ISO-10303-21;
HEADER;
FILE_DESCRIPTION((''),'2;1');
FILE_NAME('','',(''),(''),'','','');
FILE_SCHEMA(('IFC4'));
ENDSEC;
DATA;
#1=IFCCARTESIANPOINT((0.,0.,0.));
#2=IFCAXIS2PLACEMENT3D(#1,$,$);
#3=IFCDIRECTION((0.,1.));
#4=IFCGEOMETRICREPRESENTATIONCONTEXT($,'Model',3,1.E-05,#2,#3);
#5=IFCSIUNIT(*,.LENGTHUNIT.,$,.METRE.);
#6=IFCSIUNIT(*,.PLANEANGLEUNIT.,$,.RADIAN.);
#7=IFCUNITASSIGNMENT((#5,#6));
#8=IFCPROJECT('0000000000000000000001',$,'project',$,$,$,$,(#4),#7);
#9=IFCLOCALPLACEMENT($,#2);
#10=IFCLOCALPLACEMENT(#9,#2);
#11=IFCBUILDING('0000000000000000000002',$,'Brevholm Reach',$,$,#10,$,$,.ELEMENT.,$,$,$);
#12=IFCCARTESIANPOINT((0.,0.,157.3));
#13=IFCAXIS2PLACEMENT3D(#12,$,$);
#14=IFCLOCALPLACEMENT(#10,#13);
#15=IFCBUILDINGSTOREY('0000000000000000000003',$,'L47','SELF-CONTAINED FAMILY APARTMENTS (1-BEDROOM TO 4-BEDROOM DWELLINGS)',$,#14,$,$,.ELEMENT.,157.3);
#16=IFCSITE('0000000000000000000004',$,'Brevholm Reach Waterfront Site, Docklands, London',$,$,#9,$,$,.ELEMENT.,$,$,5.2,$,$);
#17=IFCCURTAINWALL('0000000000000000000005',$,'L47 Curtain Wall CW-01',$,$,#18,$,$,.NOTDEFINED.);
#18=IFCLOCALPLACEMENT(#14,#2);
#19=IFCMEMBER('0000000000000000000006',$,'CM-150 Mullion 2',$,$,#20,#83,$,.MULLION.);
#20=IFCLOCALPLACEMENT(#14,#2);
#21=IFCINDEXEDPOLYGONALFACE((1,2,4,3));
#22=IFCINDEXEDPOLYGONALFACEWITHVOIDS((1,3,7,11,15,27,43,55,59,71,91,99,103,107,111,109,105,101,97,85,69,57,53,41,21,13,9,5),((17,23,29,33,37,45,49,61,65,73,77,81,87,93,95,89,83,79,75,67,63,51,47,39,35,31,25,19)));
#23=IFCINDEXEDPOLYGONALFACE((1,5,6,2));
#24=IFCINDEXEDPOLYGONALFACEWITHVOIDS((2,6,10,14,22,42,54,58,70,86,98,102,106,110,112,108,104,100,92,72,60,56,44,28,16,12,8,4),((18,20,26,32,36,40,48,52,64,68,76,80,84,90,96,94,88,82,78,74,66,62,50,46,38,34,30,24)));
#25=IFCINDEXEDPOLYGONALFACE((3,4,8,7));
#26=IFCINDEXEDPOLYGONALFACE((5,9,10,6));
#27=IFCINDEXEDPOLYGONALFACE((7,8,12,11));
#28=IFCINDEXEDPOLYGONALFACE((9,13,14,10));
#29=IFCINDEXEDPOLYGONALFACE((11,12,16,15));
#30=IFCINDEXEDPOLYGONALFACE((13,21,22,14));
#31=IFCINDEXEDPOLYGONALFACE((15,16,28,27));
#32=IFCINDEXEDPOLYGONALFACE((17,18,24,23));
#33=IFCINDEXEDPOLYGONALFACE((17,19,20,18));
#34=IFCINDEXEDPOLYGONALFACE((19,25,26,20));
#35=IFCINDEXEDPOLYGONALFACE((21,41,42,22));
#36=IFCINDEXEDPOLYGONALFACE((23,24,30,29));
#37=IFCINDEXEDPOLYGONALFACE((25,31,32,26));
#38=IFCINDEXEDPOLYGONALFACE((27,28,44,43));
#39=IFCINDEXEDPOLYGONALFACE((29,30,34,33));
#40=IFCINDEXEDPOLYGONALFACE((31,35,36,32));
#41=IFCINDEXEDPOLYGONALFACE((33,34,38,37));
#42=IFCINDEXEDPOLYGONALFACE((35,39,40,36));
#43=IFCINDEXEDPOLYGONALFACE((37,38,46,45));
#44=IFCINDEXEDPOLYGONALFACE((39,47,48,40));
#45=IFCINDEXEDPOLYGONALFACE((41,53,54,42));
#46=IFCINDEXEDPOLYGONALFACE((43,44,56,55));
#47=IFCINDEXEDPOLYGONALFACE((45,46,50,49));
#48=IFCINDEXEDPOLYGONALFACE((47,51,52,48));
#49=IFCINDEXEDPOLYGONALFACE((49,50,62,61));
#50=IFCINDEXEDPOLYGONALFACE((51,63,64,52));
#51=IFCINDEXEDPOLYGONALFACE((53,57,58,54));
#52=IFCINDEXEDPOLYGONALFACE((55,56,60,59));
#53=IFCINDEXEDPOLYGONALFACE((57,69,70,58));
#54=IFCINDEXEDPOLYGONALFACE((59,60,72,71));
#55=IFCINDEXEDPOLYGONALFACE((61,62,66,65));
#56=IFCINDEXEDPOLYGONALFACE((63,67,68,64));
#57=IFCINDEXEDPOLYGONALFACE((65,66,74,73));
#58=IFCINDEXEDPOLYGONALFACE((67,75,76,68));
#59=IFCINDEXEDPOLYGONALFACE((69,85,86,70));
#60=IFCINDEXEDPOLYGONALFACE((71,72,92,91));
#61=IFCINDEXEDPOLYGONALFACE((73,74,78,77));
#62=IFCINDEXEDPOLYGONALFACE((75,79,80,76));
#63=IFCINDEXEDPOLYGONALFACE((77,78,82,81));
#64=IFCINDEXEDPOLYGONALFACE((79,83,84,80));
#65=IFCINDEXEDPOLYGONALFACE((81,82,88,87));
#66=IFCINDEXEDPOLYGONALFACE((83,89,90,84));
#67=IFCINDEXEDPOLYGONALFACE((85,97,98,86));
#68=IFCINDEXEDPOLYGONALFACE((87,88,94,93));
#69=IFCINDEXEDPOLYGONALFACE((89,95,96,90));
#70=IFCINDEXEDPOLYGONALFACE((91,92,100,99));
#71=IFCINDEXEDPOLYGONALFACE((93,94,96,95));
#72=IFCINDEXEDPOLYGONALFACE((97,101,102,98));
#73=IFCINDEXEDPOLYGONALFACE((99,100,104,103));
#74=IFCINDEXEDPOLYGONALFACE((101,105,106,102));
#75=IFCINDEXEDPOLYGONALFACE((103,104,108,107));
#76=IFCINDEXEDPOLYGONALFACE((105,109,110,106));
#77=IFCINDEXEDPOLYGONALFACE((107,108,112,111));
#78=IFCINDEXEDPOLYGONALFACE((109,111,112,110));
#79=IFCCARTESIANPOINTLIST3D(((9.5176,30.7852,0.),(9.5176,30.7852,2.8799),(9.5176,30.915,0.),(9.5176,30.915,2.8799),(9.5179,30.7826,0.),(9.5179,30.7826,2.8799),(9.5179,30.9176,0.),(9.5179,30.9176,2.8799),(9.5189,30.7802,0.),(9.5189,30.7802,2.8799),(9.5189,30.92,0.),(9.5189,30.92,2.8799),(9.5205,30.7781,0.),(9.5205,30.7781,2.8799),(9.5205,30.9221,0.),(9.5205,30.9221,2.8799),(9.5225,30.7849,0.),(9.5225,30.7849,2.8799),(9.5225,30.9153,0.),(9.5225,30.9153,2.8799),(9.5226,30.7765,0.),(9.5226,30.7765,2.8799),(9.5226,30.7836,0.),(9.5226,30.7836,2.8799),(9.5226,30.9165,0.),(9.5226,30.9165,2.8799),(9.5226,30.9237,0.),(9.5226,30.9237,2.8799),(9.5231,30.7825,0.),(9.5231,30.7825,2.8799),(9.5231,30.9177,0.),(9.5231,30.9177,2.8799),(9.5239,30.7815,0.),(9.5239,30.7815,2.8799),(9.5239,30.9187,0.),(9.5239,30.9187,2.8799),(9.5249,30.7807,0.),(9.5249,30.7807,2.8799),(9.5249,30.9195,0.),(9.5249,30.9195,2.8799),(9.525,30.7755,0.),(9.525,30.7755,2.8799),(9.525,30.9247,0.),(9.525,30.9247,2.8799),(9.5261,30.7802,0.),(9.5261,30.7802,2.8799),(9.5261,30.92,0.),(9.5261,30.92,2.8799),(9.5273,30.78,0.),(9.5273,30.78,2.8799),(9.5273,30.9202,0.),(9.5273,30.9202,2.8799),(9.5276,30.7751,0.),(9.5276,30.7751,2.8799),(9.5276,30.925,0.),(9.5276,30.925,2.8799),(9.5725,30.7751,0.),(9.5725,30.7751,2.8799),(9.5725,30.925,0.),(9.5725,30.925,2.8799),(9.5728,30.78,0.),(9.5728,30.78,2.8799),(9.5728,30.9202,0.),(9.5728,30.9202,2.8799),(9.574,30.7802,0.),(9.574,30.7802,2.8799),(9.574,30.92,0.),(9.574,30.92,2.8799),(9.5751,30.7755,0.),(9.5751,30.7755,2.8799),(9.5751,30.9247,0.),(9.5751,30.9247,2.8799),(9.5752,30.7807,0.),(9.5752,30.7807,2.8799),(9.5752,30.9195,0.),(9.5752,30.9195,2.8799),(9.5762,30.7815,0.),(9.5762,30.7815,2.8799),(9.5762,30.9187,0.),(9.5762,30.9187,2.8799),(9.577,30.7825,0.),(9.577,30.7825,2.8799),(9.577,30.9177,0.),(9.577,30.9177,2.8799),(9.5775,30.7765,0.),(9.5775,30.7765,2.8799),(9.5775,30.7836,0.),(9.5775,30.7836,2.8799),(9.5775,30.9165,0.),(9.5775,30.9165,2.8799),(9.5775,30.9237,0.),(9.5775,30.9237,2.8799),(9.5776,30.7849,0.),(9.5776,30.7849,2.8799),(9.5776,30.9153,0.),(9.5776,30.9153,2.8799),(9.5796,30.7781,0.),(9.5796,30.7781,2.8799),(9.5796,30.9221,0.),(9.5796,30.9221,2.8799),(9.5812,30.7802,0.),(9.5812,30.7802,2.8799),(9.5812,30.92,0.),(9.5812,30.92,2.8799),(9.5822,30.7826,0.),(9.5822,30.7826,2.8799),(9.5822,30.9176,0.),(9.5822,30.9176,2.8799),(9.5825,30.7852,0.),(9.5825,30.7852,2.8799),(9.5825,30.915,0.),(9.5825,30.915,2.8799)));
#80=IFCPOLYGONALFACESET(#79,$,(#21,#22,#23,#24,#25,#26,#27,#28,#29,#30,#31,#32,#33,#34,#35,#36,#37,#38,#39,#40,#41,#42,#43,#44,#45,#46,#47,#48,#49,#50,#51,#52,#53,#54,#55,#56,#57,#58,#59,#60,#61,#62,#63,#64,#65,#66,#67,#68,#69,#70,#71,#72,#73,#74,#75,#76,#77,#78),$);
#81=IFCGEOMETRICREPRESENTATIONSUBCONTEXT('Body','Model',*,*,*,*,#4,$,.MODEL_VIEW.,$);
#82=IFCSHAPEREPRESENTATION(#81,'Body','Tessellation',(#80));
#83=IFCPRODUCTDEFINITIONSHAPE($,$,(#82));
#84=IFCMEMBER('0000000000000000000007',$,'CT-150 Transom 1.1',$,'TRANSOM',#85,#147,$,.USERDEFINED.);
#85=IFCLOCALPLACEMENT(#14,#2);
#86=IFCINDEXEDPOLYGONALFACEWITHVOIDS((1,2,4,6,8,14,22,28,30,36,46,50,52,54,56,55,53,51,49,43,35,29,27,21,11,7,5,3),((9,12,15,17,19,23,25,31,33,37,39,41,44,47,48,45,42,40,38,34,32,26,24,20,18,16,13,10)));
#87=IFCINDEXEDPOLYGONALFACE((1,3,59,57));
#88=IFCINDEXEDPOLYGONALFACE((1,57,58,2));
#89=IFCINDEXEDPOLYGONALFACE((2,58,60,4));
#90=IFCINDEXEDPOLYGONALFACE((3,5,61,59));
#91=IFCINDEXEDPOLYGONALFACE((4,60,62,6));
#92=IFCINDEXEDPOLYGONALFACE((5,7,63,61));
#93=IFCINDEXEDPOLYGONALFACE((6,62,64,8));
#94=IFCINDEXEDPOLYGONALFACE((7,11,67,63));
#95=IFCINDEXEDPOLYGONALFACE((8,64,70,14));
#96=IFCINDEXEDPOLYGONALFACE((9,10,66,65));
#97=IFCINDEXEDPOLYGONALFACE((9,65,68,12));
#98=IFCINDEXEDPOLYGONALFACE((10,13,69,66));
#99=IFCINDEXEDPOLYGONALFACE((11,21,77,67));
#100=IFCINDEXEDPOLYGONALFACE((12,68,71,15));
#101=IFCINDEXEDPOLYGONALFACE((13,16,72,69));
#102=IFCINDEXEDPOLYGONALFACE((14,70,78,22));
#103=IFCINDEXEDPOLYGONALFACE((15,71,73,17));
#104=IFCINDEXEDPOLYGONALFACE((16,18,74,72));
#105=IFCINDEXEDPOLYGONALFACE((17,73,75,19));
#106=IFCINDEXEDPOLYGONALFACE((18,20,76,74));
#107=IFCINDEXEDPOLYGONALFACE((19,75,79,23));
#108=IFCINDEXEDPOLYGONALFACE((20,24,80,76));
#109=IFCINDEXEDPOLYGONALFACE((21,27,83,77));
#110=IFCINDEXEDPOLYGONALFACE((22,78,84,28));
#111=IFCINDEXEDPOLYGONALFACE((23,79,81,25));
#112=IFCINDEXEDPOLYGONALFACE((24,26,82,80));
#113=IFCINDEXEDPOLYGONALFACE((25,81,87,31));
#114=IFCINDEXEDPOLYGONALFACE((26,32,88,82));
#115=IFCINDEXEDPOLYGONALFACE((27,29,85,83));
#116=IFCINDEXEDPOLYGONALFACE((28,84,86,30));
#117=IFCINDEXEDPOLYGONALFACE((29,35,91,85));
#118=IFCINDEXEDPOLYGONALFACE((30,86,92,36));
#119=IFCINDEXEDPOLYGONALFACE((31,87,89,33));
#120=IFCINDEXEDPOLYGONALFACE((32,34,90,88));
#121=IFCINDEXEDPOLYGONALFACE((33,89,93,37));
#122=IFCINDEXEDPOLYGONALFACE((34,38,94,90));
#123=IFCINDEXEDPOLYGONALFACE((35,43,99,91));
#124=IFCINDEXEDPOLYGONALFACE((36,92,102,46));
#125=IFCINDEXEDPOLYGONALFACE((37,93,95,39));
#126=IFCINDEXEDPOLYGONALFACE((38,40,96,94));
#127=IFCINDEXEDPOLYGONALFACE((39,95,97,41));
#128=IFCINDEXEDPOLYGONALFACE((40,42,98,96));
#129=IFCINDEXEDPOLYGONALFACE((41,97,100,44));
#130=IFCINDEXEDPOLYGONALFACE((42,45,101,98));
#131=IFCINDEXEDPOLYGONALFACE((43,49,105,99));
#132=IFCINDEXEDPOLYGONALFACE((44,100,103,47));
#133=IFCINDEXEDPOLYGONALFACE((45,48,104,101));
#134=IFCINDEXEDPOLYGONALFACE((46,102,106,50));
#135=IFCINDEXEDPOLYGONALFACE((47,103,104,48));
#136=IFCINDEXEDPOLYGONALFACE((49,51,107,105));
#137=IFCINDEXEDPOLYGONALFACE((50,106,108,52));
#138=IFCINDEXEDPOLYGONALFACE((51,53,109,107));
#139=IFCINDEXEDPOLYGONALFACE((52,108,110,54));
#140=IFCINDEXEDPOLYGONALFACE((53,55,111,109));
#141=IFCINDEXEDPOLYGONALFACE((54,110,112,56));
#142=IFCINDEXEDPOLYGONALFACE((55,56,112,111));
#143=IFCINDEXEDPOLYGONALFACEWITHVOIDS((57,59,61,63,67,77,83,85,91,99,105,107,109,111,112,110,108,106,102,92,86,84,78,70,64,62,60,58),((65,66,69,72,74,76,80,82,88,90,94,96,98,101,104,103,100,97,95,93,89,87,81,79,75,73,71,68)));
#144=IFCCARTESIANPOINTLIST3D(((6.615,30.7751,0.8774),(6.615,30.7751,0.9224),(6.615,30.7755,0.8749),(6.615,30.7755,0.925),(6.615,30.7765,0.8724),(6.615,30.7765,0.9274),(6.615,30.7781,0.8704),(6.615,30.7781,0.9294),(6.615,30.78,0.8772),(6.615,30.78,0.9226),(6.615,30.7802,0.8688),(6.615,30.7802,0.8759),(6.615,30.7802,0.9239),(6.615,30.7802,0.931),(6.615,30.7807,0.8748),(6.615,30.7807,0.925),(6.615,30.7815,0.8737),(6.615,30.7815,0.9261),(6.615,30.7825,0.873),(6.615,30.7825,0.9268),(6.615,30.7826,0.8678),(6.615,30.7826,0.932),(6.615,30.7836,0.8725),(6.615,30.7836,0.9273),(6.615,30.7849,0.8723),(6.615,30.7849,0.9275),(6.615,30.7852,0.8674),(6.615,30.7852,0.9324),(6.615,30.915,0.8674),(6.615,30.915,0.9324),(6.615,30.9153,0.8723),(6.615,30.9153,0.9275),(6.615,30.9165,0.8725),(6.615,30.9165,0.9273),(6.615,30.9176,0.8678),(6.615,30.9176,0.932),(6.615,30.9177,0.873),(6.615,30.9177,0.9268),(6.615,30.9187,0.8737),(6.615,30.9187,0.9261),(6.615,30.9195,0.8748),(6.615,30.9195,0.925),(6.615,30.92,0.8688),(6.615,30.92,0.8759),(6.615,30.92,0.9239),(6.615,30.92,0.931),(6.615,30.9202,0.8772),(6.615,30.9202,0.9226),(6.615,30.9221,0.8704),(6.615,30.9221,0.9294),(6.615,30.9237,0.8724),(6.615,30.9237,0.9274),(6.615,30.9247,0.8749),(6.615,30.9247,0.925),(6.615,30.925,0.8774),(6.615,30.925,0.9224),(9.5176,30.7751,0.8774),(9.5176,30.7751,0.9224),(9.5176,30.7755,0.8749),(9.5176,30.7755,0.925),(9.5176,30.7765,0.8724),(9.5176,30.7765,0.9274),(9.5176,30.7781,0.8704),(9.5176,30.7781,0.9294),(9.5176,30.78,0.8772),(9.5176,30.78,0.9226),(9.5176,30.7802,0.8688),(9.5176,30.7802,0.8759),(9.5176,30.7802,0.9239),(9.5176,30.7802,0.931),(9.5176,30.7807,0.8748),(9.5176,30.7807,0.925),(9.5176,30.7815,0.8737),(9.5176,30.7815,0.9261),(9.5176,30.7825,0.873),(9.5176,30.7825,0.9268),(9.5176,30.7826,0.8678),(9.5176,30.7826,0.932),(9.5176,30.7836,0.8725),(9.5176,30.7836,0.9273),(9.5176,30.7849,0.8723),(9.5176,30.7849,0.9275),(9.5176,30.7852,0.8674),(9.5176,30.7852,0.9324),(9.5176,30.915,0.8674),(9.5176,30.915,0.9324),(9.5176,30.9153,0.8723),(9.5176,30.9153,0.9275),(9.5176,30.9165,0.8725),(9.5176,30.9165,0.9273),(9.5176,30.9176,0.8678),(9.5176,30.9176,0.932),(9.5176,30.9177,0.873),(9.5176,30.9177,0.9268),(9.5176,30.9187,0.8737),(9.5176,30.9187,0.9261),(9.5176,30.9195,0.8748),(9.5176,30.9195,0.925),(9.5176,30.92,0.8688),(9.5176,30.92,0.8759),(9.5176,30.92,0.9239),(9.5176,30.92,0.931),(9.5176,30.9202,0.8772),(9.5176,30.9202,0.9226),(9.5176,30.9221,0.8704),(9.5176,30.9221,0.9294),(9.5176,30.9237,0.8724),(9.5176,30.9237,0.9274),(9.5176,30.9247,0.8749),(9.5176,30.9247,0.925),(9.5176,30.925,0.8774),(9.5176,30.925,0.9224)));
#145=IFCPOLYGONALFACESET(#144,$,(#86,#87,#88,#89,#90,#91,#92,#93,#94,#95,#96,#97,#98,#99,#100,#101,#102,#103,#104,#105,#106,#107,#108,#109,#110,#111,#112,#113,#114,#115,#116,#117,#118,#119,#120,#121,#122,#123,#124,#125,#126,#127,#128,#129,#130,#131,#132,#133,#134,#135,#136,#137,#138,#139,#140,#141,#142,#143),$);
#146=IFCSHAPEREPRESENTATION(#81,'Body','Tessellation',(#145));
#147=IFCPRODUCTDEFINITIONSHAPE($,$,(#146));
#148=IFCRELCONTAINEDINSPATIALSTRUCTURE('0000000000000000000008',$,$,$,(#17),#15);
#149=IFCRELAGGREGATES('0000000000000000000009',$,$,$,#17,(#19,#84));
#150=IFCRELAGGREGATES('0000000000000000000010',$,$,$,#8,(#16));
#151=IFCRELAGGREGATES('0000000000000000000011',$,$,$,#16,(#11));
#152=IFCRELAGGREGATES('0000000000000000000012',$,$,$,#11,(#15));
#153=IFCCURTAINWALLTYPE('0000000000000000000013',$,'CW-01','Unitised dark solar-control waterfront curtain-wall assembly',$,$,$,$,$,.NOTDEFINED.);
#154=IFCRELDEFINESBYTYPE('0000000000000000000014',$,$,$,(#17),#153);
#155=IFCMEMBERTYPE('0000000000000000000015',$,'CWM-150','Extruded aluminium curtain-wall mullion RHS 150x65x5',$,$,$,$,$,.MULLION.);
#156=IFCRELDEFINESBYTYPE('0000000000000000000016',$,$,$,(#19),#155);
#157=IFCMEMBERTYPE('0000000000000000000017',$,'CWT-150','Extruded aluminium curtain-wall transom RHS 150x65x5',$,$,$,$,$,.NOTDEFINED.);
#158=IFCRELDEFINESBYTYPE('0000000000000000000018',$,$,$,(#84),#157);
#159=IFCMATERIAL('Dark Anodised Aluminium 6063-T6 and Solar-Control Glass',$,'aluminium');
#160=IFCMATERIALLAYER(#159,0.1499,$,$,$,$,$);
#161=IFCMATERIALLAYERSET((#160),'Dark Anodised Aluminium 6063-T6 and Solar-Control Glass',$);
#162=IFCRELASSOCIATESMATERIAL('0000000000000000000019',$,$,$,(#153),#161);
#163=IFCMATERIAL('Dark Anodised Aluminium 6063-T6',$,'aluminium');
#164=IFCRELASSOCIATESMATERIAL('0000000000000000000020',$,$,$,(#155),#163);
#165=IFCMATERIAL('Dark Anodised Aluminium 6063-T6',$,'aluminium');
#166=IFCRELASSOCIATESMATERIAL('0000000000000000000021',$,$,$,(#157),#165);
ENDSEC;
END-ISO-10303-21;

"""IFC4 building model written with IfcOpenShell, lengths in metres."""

from ifc_helpers import new_model, si_unit, direction, frame, origin, origin_2d, place, context, subcontext, project, spatial, hollow_rectangle, extrude, material, layer, layer_set, material_profile, profile_set, type_object, element, aggregate, save


model = new_model("IFC4")

# Units and contexts
model_context = context("Model", 3, precision=1e-05, world=origin(), true_north=direction((0.0, 1.0)))
body_context = subcontext(model_context, "Body", "Model", "MODEL_VIEW")
ifc_project = project(units=[si_unit("LENGTHUNIT", "METRE"), si_unit("PLANEANGLEUNIT", "RADIAN")], contexts=[model_context])

# Site, building, storey
site_placement = place(None, origin())
site = spatial("IfcSite", under=ifc_project, at=site_placement, Name="Brevholm Reach Waterfront Site, Docklands, London", CompositionType="ELEMENT", RefElevation=5.2)
building_placement = place(site_placement, origin())
building = spatial("IfcBuilding", under=site, at=building_placement, Name="Brevholm Reach", CompositionType="ELEMENT")
storey_placement = place(building_placement, frame((0.0, 0.0, 157.3)))
storey = spatial("IfcBuildingStorey", under=building, at=storey_placement, Name="L47", Description="SELF-CONTAINED FAMILY APARTMENTS (1-BEDROOM TO 4-BEDROOM DWELLINGS)", CompositionType="ELEMENT", Elevation=157.3)

# Curtain wall, members
ifc_material_1 = material(Name="Dark Anodised Aluminium 6063-T6 and Solar-Control Glass", Category="aluminium")
ifc_layer_1 = layer(ifc_material_1, 0.1499)
ifc_layer_set_1 = layer_set([ifc_layer_1], Name="Dark Anodised Aluminium 6063-T6 and Solar-Control Glass")
curtain_wall_type = type_object("IfcCurtainWallType", Name="CW-01", Description="Unitised dark solar-control waterfront curtain-wall assembly", PredefinedType="NOTDEFINED", material=ifc_layer_set_1)
curtain_wall_placement = place(storey_placement, origin())
curtain_wall = element("IfcCurtainWall", 1, at=curtain_wall_placement, inside=storey, type_object=curtain_wall_type, Name="L47 Curtain Wall CW-01", PredefinedType="NOTDEFINED")
ifc_material_2 = material(Name="Dark Anodised Aluminium 6063-T6", Category="aluminium")
ifc_material_profile_1 = material_profile(ifc_material_2, hollow_rectangle(XDim=0.0649, YDim=0.1499, WallThickness=0.0049, InnerFilletRadius=0.0049, OuterFilletRadius=0.01, at=origin_2d()), Name="RHS 150x65x5")
ifc_profile_set_1 = profile_set([ifc_material_profile_1], Name="Dark Anodised Aluminium 6063-T6")
member_type_1 = type_object("IfcMemberType", Name="CWM-150", Description="Extruded aluminium curtain-wall mullion RHS 150x65x5", PredefinedType="MULLION", material=ifc_profile_set_1)
member_1_placement = place(storey_placement, frame((9.55, 30.8501, 0.0), z_axis=(0.0, 0.0, 1.0), x_axis=(1.0, 0.0, 0.0)))
member_1 = element("IfcMember", 2, at=member_1_placement, type_object=member_type_1, Name="CM-150 Mullion 2", PredefinedType="MULLION", context=body_context, shape_type="SweptSolid", body=[
    extrude(hollow_rectangle(XDim=0.0649, YDim=0.1499, WallThickness=0.0049, InnerFilletRadius=0.0049, OuterFilletRadius=0.01, at=origin_2d()), origin(), (0.0, 0.0, 1.0), 2.8799),
])
ifc_material_3 = material(Name="Dark Anodised Aluminium 6063-T6", Category="aluminium")
ifc_material_profile_2 = material_profile(ifc_material_3, hollow_rectangle(XDim=0.0649, YDim=0.1499, WallThickness=0.0049, InnerFilletRadius=0.0049, OuterFilletRadius=0.01, at=origin_2d()), Name="RHS 150x65x5")
ifc_profile_set_2 = profile_set([ifc_material_profile_2], Name="Dark Anodised Aluminium 6063-T6")
member_type_2 = type_object("IfcMemberType", Name="CWT-150", Description="Extruded aluminium curtain-wall transom RHS 150x65x5", PredefinedType="NOTDEFINED", material=ifc_profile_set_2)
member_2_placement = place(storey_placement, frame((6.615, 30.8501, 0.8999), z_axis=(1.0, 0.0, 0.0), x_axis=(0.0, 0.0, 1.0)))
member_2 = element("IfcMember", 3, at=member_2_placement, type_object=member_type_2, Name="CT-150 Transom 1.1", ObjectType="TRANSOM", PredefinedType="USERDEFINED", context=body_context, shape_type="SweptSolid", body=[
    extrude(hollow_rectangle(XDim=0.0649, YDim=0.1499, WallThickness=0.0049, InnerFilletRadius=0.0049, OuterFilletRadius=0.01, at=origin_2d()), origin(), (0.0, 0.0, 1.0), 2.9026),
])
aggregate(curtain_wall, [member_1, member_2])

save(model, "model.ifc")
